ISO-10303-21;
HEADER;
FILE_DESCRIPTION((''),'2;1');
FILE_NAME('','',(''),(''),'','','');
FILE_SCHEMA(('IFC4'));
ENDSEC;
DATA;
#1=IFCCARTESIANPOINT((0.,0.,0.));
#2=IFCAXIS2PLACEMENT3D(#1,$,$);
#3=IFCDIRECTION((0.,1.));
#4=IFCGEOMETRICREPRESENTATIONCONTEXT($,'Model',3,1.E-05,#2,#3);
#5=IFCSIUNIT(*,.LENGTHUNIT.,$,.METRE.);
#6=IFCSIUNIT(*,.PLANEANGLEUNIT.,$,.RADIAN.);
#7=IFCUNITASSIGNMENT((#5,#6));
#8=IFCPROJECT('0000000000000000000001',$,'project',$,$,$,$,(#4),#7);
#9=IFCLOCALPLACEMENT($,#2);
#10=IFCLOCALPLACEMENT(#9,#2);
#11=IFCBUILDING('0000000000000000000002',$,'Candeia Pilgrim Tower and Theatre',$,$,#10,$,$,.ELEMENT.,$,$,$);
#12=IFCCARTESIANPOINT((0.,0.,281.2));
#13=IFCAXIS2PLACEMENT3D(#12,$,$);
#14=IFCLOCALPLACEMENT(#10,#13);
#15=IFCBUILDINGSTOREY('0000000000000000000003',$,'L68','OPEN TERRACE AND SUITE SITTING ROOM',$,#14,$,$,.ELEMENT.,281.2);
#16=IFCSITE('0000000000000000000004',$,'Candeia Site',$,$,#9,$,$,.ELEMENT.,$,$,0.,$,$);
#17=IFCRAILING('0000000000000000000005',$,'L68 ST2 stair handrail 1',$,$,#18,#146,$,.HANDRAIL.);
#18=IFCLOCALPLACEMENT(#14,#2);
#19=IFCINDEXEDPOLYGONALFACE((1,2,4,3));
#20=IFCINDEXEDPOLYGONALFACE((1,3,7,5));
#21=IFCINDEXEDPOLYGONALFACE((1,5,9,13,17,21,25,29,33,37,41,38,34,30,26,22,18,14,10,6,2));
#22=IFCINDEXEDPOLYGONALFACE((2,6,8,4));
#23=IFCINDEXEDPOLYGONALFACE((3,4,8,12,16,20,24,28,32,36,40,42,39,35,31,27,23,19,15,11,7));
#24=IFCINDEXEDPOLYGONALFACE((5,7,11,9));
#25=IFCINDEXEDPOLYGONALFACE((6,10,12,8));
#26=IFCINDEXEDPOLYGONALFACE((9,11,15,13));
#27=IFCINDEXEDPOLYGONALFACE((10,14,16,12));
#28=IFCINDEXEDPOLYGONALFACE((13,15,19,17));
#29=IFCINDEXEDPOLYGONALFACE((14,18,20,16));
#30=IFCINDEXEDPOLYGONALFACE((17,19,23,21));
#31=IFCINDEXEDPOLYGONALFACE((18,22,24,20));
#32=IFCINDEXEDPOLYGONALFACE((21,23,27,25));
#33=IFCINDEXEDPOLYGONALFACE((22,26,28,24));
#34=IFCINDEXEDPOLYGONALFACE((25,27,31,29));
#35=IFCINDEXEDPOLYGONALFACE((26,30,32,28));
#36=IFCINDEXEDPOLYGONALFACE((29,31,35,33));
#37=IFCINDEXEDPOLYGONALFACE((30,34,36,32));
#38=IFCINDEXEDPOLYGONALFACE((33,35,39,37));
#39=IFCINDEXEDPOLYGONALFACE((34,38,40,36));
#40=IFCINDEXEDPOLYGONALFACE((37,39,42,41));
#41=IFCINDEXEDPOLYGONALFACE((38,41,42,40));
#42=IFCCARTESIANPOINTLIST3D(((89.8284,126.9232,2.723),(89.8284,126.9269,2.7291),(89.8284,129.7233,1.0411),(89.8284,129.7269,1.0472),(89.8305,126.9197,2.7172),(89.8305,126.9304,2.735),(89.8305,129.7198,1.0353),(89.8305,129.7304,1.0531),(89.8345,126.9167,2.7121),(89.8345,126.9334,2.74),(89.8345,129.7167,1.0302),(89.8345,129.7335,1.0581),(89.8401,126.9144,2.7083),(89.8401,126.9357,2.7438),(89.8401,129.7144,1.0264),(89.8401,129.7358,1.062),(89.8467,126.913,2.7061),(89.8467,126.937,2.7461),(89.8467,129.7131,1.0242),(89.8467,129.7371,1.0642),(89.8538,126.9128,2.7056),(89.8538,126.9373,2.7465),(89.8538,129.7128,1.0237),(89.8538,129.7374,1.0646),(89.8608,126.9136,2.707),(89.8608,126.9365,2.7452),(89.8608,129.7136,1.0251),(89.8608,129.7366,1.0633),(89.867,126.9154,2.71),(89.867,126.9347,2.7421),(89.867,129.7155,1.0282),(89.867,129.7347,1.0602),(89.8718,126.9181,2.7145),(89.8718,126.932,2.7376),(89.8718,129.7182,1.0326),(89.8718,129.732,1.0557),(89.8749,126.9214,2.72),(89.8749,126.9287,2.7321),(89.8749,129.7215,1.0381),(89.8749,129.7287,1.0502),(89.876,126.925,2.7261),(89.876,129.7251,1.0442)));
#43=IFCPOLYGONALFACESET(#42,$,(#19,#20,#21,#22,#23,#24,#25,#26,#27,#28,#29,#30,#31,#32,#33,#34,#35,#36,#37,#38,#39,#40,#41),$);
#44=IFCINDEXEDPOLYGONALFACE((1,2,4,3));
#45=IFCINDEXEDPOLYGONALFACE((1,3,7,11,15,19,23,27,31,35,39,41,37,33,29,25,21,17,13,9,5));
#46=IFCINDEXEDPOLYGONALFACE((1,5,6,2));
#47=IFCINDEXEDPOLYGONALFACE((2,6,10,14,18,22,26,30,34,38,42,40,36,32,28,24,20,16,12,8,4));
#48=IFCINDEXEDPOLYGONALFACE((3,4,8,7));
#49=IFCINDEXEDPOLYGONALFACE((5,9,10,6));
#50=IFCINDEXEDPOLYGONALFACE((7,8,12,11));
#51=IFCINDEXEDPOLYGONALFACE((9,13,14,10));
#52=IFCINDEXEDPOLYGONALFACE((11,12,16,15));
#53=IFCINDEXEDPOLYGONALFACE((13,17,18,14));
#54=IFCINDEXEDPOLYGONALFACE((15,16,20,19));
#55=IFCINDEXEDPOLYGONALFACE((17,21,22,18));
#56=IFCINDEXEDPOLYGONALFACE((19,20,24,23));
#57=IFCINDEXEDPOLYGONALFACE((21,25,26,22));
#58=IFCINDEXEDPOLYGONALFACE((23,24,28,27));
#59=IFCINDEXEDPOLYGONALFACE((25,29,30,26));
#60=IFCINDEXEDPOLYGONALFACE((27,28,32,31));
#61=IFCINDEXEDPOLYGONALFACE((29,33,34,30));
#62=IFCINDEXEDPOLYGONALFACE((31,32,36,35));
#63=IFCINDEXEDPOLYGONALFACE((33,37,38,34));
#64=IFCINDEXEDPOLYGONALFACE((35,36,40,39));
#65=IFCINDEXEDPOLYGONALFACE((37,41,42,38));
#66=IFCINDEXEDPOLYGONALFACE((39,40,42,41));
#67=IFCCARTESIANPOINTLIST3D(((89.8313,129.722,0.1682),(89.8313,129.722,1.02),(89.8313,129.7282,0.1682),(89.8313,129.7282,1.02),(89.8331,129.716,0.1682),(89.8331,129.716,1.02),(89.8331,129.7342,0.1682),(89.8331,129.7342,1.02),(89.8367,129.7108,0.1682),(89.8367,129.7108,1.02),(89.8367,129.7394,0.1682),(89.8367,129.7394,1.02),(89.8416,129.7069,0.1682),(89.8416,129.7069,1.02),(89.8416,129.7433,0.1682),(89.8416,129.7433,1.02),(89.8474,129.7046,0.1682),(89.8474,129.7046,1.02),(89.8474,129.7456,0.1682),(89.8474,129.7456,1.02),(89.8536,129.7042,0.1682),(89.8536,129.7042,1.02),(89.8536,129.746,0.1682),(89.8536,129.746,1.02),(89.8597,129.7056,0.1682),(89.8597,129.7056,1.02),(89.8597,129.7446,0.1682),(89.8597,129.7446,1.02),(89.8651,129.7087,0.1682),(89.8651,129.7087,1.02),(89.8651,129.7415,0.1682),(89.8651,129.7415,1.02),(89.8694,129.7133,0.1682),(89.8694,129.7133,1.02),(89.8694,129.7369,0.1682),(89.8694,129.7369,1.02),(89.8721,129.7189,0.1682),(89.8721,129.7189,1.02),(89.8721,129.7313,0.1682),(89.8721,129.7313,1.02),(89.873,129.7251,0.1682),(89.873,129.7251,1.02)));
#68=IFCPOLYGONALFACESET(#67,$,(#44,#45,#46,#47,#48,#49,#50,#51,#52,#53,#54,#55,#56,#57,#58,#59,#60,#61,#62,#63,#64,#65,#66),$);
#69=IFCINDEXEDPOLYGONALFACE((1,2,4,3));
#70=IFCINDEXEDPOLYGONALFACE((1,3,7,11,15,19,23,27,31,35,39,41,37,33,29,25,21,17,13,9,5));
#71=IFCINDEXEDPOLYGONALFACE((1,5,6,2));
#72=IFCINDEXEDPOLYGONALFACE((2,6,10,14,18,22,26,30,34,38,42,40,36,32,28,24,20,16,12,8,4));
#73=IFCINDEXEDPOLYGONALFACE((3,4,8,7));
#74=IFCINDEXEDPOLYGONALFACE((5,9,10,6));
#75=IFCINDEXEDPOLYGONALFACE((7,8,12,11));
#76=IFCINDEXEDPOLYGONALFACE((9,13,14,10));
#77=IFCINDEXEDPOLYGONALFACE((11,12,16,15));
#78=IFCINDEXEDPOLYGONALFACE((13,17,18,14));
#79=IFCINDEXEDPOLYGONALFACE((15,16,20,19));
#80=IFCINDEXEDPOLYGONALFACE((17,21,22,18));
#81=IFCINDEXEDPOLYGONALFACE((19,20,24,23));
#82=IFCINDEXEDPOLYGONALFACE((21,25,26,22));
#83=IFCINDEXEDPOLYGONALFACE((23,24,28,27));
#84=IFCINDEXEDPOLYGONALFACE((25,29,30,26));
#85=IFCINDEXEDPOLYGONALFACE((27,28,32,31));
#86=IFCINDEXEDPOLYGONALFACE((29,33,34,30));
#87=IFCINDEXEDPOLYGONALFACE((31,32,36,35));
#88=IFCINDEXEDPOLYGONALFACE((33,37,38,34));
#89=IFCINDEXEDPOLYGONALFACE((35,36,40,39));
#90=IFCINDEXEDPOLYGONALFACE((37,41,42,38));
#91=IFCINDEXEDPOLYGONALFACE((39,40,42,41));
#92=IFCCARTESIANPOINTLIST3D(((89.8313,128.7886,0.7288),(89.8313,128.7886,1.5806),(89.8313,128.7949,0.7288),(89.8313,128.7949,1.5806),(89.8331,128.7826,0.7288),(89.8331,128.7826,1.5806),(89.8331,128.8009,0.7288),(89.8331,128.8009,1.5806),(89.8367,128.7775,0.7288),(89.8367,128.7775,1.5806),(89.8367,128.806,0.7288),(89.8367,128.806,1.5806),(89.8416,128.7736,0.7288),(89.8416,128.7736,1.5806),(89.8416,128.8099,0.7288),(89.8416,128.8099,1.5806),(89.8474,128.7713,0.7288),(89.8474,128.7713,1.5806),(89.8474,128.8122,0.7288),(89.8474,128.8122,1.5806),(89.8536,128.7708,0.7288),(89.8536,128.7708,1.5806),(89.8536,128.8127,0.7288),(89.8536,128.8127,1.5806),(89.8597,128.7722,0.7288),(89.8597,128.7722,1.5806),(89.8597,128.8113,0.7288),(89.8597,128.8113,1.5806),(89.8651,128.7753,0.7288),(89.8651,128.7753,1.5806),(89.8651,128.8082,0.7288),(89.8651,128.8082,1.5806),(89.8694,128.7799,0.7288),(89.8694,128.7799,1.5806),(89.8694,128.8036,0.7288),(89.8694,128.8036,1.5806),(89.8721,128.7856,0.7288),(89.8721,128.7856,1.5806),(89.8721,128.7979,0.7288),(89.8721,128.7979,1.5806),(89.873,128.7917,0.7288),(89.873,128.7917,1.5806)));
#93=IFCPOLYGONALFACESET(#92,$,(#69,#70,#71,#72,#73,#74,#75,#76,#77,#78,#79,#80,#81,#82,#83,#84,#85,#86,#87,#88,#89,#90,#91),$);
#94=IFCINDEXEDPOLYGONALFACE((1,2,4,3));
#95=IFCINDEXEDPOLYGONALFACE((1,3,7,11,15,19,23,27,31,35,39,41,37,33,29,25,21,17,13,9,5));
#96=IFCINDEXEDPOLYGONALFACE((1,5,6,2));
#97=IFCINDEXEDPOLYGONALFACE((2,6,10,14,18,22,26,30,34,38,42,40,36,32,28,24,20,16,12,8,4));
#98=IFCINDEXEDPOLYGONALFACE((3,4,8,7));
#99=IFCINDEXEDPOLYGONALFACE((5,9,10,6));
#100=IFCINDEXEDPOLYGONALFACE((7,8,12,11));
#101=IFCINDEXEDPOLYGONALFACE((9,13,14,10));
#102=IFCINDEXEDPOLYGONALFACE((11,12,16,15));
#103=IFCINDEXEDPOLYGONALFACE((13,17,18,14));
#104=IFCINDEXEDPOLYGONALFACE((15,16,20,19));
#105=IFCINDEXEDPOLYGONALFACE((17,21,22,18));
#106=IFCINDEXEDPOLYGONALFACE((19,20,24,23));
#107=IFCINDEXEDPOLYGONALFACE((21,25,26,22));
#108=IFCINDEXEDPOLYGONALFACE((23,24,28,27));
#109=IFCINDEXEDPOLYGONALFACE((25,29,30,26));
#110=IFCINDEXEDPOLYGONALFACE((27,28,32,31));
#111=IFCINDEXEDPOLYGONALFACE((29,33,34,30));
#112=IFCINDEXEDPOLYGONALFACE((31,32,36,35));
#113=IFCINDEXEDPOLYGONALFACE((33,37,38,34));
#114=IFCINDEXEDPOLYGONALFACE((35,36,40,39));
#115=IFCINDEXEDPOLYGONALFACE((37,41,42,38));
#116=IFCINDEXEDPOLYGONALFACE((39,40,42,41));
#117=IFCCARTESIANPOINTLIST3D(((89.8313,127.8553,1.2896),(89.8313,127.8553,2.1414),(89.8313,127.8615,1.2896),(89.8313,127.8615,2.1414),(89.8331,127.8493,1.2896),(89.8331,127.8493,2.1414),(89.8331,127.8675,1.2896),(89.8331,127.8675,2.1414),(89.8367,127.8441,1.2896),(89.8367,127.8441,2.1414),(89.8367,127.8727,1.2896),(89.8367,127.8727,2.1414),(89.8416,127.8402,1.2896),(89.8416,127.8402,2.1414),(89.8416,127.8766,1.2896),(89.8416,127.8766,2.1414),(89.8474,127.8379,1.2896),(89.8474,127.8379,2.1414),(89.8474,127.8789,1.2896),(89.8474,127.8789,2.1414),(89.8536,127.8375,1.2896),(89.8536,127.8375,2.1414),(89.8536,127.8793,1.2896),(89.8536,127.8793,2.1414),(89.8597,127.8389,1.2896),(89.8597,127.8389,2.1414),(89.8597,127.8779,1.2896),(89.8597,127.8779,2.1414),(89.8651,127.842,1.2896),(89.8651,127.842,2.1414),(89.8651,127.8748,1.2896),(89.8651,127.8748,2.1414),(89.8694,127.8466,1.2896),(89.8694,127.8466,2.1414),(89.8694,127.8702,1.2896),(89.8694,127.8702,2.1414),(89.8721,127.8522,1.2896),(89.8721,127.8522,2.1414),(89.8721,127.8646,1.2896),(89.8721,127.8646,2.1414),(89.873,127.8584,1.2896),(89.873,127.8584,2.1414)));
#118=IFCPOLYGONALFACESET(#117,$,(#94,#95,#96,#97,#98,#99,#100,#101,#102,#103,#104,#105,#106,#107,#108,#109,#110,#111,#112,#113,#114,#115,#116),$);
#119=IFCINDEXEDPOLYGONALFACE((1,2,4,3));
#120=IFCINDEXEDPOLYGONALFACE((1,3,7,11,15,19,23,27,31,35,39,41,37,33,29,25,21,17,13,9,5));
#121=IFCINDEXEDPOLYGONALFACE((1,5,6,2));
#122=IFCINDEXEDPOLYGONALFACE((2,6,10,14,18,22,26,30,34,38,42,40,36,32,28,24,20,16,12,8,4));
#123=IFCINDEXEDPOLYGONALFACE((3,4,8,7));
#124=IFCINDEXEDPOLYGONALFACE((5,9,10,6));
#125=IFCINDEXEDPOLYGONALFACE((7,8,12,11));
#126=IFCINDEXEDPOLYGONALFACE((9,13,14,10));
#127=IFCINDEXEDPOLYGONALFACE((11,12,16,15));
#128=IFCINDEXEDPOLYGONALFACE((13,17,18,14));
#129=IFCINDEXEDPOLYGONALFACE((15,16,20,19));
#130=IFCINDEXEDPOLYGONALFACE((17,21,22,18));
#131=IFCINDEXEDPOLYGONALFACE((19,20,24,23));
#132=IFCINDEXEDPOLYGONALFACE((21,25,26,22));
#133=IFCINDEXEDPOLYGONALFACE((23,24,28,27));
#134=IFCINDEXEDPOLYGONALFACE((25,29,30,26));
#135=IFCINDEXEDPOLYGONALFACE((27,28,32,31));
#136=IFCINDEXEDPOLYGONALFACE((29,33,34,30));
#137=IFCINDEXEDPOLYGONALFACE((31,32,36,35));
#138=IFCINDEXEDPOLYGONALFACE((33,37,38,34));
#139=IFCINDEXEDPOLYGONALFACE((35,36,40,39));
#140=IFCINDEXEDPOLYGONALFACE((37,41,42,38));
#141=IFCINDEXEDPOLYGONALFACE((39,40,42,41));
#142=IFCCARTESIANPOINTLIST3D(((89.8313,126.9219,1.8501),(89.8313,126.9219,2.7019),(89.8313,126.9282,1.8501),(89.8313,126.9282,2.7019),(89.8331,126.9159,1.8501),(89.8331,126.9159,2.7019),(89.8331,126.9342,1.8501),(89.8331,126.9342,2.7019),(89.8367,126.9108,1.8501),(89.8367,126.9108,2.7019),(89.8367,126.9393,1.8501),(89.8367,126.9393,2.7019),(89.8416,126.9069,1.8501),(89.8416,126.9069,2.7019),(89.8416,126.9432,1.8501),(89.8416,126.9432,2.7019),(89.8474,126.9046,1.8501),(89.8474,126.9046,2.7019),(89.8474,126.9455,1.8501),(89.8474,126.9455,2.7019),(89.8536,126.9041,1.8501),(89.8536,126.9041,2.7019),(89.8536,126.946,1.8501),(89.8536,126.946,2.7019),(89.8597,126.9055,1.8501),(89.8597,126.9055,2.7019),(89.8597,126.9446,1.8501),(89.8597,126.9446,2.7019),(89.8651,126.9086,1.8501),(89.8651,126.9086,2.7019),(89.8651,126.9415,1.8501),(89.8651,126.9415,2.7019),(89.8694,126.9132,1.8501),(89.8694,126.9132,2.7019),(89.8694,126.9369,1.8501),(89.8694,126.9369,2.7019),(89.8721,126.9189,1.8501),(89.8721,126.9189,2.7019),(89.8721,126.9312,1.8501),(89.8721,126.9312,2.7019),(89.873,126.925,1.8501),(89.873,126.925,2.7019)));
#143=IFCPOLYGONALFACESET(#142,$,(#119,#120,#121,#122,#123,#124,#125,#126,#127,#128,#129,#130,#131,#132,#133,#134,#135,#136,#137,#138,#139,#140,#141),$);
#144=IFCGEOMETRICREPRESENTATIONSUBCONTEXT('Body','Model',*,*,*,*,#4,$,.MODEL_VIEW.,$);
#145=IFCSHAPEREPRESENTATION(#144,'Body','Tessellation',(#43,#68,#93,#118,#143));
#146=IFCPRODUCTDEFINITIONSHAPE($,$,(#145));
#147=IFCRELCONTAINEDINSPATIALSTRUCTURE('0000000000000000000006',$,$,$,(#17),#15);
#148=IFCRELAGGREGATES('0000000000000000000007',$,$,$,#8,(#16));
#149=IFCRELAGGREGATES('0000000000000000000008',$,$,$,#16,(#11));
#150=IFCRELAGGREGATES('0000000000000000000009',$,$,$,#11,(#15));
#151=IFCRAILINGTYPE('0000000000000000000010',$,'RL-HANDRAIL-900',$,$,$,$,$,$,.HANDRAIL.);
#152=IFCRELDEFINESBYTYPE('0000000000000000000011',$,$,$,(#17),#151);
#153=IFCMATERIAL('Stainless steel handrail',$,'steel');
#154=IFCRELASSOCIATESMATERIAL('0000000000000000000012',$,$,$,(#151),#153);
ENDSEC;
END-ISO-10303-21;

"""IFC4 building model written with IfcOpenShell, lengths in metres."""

from ifc_helpers import new_model, si_unit, direction, frame, origin, origin_2d, place, context, subcontext, project, spatial, circle, extrude, material, type_object, element, save


model = new_model("IFC4")

# Units and contexts
model_context = context("Model", 3, precision=1e-05, world=origin(), true_north=direction((0.0, 1.0)))
body_context = subcontext(model_context, "Body", "Model", "MODEL_VIEW")
ifc_project = project(units=[si_unit("LENGTHUNIT", "METRE"), si_unit("PLANEANGLEUNIT", "RADIAN")], contexts=[model_context])

# Site, building, storey
site_placement = place(None, origin())
site = spatial("IfcSite", under=ifc_project, at=site_placement, Name="Candeia Site", CompositionType="ELEMENT", RefElevation=0.0)
building_placement = place(site_placement, origin())
building = spatial("IfcBuilding", under=site, at=building_placement, Name="Candeia Pilgrim Tower and Theatre", CompositionType="ELEMENT")
storey_placement = place(building_placement, frame((0.0, 0.0, 281.2)))
storey = spatial("IfcBuildingStorey", under=building, at=storey_placement, Name="L68", Description="OPEN TERRACE AND SUITE SITTING ROOM", CompositionType="ELEMENT", Elevation=281.2)

# Railing
ifc_material_1 = material(Name="Stainless steel handrail", Category="steel")
railing_type_1 = type_object("IfcRailingType", Name="RL-HANDRAIL-900", PredefinedType="HANDRAIL", material=ifc_material_1)
railing_1_placement = place(storey_placement, frame((89.8521, 129.7251, 0.1682)))
element("IfcRailing", 1, at=railing_1_placement, inside=storey, type_object=railing_type_1, Name="L68 ST2 stair handrail 1", PredefinedType="HANDRAIL", context=body_context, shape_type="SweptSolid", body=[
    extrude(circle(Radius=0.0239, at=origin_2d()), frame((0.0, 0.0, 0.876), z_axis=(0.0, -0.857242, 0.514913), x_axis=(1.0, 0.0, 0.0)), (0.0, 0.0, 1.0), 3.2664),
    extrude(circle(Radius=0.021, at=origin_2d()), origin(), (0.0, 0.0, 1.0), 0.8518),
    extrude(circle(Radius=0.021, at=origin_2d()), frame((0.0, -0.9333, 0.5605)), (0.0, 0.0, 1.0), 0.8518),
    extrude(circle(Radius=0.021, at=origin_2d()), frame((0.0, -1.8667, 1.1213)), (0.0, 0.0, 1.0), 0.8518),
    extrude(circle(Radius=0.021, at=origin_2d()), frame((0.0, -2.8, 1.6819)), (0.0, 0.0, 1.0), 0.8518),
])

save(model, "model.ifc")
